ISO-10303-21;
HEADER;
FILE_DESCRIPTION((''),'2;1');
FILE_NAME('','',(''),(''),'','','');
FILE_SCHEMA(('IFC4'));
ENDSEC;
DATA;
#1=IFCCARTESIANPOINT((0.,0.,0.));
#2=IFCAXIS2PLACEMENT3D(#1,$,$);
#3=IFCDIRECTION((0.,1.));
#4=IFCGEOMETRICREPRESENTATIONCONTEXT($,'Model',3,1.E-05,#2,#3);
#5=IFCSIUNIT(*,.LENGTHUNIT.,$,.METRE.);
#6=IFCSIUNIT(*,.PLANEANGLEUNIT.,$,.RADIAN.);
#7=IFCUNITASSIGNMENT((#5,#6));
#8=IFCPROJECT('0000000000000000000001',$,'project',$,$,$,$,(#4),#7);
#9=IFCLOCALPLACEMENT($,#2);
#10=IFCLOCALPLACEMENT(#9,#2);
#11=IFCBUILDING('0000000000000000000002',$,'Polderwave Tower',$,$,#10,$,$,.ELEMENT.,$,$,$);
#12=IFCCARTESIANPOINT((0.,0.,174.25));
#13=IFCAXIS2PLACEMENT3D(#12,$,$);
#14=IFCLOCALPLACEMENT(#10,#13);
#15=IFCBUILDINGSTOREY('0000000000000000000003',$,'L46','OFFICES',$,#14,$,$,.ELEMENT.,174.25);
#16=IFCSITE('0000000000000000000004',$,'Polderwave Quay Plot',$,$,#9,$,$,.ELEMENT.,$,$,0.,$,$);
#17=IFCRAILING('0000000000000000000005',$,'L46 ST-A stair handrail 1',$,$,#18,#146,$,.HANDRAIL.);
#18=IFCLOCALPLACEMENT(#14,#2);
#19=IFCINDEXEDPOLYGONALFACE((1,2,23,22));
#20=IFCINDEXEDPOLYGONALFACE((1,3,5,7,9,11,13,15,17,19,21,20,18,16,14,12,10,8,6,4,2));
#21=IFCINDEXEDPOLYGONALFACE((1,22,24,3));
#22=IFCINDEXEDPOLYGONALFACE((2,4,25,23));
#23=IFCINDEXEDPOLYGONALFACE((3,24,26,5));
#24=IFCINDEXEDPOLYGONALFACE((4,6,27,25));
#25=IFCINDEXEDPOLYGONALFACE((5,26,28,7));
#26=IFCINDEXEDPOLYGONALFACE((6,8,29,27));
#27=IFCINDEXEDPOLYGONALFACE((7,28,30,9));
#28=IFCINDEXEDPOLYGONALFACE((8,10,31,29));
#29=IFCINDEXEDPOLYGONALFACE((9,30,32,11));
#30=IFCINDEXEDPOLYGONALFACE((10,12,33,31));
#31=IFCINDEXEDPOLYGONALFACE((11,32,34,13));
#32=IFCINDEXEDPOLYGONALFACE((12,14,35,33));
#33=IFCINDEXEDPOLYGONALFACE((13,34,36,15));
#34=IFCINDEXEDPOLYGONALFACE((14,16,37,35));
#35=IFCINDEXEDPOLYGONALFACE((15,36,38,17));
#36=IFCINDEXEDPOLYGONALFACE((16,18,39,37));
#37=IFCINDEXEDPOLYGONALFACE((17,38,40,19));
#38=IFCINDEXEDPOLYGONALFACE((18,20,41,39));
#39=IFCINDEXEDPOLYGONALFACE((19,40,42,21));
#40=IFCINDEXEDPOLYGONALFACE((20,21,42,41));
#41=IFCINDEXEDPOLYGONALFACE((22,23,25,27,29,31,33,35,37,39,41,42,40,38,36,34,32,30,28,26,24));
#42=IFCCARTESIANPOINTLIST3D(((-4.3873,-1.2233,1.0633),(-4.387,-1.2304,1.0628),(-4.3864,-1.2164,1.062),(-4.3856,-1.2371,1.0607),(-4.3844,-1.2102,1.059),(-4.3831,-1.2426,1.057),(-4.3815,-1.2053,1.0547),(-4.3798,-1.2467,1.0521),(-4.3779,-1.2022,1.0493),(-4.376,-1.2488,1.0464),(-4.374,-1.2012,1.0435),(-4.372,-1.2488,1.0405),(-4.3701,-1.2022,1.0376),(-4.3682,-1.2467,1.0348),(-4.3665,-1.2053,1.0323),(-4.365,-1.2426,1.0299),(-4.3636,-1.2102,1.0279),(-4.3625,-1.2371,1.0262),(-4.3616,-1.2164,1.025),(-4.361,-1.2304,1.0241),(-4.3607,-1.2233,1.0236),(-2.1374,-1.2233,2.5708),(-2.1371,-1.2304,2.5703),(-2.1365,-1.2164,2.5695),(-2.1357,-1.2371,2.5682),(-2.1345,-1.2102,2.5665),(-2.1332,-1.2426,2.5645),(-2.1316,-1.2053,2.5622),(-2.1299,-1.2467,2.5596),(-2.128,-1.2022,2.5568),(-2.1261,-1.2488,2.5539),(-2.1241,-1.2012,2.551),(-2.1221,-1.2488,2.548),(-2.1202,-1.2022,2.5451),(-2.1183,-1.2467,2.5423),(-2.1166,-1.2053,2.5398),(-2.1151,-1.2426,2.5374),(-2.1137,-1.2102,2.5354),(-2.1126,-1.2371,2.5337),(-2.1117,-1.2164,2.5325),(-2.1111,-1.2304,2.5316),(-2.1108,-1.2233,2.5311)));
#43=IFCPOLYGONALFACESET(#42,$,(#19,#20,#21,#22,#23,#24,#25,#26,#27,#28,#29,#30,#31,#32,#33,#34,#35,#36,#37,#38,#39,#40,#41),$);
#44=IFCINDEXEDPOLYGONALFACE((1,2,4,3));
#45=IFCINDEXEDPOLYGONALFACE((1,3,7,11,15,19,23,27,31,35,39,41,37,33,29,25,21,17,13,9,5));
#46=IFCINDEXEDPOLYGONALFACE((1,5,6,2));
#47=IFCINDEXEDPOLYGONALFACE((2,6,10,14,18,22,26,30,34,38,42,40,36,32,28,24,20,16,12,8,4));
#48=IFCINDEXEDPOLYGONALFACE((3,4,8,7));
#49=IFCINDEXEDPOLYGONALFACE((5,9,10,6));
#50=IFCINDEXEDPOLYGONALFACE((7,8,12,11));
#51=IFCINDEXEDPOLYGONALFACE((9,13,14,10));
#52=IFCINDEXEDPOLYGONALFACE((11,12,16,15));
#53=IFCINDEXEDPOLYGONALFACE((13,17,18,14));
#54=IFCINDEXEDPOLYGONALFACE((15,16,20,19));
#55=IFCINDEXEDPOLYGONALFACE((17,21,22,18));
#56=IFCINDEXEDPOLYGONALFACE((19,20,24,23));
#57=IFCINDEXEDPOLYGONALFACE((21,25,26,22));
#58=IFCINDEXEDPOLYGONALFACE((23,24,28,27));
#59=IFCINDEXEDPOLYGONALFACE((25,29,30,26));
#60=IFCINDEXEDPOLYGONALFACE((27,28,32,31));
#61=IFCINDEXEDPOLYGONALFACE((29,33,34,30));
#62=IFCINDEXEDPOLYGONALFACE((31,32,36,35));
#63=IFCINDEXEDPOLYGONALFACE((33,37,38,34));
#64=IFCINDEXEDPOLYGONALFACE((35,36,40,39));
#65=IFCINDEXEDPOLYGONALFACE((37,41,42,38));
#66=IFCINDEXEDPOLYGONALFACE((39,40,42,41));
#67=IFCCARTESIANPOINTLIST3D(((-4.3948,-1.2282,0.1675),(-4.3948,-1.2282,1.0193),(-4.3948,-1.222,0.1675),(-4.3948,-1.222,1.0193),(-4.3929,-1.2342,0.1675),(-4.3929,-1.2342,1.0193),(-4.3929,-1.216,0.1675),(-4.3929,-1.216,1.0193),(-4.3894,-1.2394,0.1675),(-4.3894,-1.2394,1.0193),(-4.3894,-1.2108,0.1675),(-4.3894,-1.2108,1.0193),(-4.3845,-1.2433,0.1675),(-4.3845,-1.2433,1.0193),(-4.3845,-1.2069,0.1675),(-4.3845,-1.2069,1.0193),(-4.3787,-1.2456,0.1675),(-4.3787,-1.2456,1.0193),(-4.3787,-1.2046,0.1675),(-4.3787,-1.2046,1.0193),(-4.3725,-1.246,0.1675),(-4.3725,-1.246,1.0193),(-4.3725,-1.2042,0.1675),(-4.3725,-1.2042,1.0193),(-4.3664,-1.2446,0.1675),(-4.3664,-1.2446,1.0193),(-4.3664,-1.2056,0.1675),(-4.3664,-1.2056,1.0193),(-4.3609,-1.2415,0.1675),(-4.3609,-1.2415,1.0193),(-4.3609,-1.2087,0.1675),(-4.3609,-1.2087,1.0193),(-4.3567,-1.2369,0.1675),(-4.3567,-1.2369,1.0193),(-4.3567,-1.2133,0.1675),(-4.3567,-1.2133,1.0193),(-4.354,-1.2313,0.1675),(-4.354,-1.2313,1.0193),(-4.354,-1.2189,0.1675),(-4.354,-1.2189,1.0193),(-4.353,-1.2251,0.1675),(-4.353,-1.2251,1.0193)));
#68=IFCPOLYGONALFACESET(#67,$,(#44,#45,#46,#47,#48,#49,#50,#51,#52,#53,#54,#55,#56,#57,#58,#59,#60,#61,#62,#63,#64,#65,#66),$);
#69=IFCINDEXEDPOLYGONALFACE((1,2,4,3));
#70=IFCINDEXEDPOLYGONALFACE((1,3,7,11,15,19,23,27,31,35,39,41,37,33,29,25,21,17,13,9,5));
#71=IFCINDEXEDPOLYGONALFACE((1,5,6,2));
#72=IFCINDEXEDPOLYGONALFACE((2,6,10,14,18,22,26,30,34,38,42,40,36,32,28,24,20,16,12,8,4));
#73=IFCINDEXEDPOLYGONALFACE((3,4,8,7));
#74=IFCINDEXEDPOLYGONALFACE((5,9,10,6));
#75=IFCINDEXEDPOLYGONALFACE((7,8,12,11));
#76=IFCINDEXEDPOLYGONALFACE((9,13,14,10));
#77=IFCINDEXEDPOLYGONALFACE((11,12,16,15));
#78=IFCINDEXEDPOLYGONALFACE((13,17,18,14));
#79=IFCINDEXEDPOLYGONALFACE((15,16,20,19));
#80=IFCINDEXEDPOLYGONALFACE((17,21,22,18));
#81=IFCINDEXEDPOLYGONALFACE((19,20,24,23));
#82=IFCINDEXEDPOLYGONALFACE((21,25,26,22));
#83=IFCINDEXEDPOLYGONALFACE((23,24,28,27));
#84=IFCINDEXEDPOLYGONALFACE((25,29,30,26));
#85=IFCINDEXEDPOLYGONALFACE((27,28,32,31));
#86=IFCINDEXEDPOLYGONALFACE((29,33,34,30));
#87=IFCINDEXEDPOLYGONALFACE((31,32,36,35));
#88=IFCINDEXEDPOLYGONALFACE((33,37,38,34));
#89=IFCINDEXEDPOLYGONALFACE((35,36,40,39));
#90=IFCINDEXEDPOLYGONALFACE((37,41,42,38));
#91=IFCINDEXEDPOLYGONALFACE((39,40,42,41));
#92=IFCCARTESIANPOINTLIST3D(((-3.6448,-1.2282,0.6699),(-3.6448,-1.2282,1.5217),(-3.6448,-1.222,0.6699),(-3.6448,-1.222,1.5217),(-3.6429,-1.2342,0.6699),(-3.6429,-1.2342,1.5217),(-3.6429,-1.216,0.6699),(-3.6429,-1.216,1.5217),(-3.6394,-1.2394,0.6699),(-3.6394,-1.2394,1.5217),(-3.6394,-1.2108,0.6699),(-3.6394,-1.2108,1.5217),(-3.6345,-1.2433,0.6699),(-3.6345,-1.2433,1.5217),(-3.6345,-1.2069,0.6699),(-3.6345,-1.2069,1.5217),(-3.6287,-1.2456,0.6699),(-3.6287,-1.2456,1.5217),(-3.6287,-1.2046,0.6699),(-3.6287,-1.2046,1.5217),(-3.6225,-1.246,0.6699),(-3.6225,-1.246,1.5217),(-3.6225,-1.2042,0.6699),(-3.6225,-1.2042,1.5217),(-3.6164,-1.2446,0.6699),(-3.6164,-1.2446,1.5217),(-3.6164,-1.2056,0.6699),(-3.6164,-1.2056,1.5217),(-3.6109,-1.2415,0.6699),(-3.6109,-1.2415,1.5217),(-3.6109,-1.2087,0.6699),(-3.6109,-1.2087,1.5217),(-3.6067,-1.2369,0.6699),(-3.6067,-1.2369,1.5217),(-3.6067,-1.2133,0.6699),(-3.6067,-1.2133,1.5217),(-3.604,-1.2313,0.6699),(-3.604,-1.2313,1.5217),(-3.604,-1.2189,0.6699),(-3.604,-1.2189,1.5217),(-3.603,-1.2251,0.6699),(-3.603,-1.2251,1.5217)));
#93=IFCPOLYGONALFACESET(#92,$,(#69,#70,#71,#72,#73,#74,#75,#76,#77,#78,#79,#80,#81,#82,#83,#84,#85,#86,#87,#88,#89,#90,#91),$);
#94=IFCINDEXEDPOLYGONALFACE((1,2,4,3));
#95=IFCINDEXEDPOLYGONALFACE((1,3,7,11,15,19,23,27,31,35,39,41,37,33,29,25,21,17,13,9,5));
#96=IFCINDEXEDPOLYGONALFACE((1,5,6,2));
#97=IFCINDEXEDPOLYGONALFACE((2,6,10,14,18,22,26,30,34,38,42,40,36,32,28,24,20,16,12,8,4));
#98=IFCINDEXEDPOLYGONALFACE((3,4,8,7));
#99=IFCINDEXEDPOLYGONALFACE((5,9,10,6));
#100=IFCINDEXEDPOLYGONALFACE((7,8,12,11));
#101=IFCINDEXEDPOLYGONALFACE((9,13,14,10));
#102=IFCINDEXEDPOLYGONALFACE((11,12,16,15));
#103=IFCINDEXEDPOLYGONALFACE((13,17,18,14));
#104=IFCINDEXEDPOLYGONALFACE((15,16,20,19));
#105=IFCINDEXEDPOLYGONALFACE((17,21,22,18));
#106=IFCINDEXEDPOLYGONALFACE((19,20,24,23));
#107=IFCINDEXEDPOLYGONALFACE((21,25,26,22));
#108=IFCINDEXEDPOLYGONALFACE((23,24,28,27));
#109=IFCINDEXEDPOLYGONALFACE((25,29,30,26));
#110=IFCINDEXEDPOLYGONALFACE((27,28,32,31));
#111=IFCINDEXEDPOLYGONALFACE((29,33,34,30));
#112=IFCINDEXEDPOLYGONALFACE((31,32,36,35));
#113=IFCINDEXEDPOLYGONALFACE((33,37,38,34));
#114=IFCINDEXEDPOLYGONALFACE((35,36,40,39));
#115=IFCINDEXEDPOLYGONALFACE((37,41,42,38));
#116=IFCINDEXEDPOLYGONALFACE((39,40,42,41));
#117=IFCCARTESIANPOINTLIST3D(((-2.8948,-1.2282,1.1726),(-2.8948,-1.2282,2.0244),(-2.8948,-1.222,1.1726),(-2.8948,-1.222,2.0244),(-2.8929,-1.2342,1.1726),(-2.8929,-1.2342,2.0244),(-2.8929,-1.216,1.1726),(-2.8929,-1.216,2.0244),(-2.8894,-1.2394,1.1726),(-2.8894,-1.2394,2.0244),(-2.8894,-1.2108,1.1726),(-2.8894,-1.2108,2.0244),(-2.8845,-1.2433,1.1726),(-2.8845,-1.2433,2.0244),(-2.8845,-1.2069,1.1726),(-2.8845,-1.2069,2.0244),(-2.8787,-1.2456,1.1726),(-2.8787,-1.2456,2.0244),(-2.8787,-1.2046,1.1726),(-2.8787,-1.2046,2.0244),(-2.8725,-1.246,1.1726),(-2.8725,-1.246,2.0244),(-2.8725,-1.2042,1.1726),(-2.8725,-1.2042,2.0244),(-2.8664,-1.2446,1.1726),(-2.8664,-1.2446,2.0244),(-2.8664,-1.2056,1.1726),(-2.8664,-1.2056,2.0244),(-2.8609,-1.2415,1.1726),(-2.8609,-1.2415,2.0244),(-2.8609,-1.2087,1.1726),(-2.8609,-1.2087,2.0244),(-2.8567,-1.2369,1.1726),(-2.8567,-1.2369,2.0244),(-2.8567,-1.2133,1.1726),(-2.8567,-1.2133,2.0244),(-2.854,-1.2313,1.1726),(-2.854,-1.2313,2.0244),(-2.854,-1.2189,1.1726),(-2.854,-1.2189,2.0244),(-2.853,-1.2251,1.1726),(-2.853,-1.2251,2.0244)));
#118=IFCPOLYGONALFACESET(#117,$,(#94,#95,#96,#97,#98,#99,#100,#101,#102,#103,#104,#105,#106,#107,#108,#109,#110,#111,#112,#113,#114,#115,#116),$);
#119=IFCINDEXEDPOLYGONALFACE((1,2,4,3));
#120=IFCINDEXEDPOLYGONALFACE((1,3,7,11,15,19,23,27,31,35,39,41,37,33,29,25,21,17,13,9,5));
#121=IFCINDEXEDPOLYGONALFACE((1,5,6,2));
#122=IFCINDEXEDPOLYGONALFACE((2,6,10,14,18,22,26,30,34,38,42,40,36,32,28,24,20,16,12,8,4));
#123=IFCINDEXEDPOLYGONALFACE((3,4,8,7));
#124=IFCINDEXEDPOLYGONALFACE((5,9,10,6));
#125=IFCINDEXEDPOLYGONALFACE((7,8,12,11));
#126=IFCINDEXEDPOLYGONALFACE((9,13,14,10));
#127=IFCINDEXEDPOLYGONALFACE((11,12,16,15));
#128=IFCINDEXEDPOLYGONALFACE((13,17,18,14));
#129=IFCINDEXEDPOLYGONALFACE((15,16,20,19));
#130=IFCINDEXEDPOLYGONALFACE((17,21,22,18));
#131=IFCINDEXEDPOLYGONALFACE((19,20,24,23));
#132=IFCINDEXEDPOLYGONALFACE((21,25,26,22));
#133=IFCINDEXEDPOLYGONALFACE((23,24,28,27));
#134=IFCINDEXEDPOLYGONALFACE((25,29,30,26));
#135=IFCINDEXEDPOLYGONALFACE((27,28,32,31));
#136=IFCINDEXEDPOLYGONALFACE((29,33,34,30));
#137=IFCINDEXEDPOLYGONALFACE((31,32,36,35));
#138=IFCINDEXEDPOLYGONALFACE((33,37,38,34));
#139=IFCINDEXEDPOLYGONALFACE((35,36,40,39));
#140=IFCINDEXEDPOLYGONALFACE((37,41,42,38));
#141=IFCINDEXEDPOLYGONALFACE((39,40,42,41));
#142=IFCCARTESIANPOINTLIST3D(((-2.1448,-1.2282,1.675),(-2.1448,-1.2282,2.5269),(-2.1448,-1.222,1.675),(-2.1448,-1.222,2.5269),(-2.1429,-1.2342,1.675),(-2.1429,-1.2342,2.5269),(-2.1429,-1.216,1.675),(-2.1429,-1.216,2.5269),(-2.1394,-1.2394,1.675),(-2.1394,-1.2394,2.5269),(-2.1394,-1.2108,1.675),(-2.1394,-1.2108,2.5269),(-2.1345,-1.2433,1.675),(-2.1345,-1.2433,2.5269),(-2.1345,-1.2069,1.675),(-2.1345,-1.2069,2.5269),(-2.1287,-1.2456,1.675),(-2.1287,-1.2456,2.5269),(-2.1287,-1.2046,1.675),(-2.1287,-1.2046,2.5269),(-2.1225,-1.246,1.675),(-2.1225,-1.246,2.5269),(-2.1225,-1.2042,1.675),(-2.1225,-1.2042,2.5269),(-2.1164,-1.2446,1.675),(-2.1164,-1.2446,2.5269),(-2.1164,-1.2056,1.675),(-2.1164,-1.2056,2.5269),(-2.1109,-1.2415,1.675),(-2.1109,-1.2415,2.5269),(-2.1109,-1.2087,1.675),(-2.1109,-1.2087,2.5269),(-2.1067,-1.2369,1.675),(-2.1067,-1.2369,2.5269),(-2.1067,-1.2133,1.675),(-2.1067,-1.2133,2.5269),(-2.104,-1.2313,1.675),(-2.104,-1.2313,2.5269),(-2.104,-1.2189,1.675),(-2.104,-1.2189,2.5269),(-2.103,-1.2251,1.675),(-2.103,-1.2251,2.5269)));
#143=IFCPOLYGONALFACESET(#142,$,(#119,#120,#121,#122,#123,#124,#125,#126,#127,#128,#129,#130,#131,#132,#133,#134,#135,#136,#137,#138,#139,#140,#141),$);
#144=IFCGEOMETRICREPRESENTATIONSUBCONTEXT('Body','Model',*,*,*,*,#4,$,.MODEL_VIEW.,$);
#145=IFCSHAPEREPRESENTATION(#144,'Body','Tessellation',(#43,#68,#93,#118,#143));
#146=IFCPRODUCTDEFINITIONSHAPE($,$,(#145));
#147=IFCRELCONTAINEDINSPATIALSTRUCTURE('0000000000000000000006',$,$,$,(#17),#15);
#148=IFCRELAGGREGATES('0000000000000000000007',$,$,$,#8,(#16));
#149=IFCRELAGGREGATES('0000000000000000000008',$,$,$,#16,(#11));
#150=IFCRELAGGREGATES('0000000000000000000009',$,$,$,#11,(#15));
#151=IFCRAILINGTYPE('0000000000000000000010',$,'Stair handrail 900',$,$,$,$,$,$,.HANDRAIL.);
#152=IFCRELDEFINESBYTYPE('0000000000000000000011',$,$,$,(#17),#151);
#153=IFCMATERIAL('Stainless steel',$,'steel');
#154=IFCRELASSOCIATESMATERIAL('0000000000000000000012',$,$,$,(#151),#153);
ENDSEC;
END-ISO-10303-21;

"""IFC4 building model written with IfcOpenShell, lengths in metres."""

from ifc_helpers import new_model, si_unit, direction, frame, origin, origin_2d, place, context, subcontext, project, spatial, circle, extrude, material, type_object, element, save


model = new_model("IFC4")

# Units and contexts
model_context = context("Model", 3, precision=1e-05, world=origin(), true_north=direction((0.0, 1.0)))
body_context = subcontext(model_context, "Body", "Model", "MODEL_VIEW")
ifc_project = project(units=[si_unit("LENGTHUNIT", "METRE"), si_unit("PLANEANGLEUNIT", "RADIAN")], contexts=[model_context])

# Site, building, storey
site_placement = place(None, origin())
site = spatial("IfcSite", under=ifc_project, at=site_placement, Name="Polderwave Quay Plot", CompositionType="ELEMENT", RefElevation=0.0)
building_placement = place(site_placement, origin())
building = spatial("IfcBuilding", under=site, at=building_placement, Name="Polderwave Tower", CompositionType="ELEMENT")
storey_placement = place(building_placement, frame((0.0, 0.0, 174.25)))
storey = spatial("IfcBuildingStorey", under=building, at=storey_placement, Name="L46", Description="OFFICES", CompositionType="ELEMENT", Elevation=174.25)

# Shared definitions
ifc_material_1 = material(Name="Stainless steel", Category="steel")

# Railing
railing_type_1 = type_object("IfcRailingType", Name="Stair handrail 900", PredefinedType="HANDRAIL", material=ifc_material_1)
railing_1_placement = place(storey_placement, frame((-4.374, -1.2251, 0.1675)))
element("IfcRailing", 1, at=railing_1_placement, inside=storey, type_object=railing_type_1, Name="L46 ST-A stair handrail 1", PredefinedType="HANDRAIL", context=body_context, shape_type="SweptSolid", body=[
    extrude(circle(Radius=0.0239, at=origin_2d()), frame((0.0, 0.0, 0.876), z_axis=(0.830758, 0.0, 0.556633), x_axis=(0.0, 1.0, 0.0)), (0.0, 0.0, 1.0), 2.7083),
    extrude(circle(Radius=0.021, at=origin_2d()), origin(), (0.0, 0.0, 1.0), 0.8518),
    extrude(circle(Radius=0.021, at=origin_2d()), frame((0.75, 0.0, 0.5024)), (0.0, 0.0, 1.0), 0.8518),
    extrude(circle(Radius=0.021, at=origin_2d()), frame((1.5, 0.0, 1.0051)), (0.0, 0.0, 1.0), 0.8518),
    extrude(circle(Radius=0.021, at=origin_2d()), frame((2.25, 0.0, 1.5076)), (0.0, 0.0, 1.0), 0.8518),
])

save(model, "model.ifc")
